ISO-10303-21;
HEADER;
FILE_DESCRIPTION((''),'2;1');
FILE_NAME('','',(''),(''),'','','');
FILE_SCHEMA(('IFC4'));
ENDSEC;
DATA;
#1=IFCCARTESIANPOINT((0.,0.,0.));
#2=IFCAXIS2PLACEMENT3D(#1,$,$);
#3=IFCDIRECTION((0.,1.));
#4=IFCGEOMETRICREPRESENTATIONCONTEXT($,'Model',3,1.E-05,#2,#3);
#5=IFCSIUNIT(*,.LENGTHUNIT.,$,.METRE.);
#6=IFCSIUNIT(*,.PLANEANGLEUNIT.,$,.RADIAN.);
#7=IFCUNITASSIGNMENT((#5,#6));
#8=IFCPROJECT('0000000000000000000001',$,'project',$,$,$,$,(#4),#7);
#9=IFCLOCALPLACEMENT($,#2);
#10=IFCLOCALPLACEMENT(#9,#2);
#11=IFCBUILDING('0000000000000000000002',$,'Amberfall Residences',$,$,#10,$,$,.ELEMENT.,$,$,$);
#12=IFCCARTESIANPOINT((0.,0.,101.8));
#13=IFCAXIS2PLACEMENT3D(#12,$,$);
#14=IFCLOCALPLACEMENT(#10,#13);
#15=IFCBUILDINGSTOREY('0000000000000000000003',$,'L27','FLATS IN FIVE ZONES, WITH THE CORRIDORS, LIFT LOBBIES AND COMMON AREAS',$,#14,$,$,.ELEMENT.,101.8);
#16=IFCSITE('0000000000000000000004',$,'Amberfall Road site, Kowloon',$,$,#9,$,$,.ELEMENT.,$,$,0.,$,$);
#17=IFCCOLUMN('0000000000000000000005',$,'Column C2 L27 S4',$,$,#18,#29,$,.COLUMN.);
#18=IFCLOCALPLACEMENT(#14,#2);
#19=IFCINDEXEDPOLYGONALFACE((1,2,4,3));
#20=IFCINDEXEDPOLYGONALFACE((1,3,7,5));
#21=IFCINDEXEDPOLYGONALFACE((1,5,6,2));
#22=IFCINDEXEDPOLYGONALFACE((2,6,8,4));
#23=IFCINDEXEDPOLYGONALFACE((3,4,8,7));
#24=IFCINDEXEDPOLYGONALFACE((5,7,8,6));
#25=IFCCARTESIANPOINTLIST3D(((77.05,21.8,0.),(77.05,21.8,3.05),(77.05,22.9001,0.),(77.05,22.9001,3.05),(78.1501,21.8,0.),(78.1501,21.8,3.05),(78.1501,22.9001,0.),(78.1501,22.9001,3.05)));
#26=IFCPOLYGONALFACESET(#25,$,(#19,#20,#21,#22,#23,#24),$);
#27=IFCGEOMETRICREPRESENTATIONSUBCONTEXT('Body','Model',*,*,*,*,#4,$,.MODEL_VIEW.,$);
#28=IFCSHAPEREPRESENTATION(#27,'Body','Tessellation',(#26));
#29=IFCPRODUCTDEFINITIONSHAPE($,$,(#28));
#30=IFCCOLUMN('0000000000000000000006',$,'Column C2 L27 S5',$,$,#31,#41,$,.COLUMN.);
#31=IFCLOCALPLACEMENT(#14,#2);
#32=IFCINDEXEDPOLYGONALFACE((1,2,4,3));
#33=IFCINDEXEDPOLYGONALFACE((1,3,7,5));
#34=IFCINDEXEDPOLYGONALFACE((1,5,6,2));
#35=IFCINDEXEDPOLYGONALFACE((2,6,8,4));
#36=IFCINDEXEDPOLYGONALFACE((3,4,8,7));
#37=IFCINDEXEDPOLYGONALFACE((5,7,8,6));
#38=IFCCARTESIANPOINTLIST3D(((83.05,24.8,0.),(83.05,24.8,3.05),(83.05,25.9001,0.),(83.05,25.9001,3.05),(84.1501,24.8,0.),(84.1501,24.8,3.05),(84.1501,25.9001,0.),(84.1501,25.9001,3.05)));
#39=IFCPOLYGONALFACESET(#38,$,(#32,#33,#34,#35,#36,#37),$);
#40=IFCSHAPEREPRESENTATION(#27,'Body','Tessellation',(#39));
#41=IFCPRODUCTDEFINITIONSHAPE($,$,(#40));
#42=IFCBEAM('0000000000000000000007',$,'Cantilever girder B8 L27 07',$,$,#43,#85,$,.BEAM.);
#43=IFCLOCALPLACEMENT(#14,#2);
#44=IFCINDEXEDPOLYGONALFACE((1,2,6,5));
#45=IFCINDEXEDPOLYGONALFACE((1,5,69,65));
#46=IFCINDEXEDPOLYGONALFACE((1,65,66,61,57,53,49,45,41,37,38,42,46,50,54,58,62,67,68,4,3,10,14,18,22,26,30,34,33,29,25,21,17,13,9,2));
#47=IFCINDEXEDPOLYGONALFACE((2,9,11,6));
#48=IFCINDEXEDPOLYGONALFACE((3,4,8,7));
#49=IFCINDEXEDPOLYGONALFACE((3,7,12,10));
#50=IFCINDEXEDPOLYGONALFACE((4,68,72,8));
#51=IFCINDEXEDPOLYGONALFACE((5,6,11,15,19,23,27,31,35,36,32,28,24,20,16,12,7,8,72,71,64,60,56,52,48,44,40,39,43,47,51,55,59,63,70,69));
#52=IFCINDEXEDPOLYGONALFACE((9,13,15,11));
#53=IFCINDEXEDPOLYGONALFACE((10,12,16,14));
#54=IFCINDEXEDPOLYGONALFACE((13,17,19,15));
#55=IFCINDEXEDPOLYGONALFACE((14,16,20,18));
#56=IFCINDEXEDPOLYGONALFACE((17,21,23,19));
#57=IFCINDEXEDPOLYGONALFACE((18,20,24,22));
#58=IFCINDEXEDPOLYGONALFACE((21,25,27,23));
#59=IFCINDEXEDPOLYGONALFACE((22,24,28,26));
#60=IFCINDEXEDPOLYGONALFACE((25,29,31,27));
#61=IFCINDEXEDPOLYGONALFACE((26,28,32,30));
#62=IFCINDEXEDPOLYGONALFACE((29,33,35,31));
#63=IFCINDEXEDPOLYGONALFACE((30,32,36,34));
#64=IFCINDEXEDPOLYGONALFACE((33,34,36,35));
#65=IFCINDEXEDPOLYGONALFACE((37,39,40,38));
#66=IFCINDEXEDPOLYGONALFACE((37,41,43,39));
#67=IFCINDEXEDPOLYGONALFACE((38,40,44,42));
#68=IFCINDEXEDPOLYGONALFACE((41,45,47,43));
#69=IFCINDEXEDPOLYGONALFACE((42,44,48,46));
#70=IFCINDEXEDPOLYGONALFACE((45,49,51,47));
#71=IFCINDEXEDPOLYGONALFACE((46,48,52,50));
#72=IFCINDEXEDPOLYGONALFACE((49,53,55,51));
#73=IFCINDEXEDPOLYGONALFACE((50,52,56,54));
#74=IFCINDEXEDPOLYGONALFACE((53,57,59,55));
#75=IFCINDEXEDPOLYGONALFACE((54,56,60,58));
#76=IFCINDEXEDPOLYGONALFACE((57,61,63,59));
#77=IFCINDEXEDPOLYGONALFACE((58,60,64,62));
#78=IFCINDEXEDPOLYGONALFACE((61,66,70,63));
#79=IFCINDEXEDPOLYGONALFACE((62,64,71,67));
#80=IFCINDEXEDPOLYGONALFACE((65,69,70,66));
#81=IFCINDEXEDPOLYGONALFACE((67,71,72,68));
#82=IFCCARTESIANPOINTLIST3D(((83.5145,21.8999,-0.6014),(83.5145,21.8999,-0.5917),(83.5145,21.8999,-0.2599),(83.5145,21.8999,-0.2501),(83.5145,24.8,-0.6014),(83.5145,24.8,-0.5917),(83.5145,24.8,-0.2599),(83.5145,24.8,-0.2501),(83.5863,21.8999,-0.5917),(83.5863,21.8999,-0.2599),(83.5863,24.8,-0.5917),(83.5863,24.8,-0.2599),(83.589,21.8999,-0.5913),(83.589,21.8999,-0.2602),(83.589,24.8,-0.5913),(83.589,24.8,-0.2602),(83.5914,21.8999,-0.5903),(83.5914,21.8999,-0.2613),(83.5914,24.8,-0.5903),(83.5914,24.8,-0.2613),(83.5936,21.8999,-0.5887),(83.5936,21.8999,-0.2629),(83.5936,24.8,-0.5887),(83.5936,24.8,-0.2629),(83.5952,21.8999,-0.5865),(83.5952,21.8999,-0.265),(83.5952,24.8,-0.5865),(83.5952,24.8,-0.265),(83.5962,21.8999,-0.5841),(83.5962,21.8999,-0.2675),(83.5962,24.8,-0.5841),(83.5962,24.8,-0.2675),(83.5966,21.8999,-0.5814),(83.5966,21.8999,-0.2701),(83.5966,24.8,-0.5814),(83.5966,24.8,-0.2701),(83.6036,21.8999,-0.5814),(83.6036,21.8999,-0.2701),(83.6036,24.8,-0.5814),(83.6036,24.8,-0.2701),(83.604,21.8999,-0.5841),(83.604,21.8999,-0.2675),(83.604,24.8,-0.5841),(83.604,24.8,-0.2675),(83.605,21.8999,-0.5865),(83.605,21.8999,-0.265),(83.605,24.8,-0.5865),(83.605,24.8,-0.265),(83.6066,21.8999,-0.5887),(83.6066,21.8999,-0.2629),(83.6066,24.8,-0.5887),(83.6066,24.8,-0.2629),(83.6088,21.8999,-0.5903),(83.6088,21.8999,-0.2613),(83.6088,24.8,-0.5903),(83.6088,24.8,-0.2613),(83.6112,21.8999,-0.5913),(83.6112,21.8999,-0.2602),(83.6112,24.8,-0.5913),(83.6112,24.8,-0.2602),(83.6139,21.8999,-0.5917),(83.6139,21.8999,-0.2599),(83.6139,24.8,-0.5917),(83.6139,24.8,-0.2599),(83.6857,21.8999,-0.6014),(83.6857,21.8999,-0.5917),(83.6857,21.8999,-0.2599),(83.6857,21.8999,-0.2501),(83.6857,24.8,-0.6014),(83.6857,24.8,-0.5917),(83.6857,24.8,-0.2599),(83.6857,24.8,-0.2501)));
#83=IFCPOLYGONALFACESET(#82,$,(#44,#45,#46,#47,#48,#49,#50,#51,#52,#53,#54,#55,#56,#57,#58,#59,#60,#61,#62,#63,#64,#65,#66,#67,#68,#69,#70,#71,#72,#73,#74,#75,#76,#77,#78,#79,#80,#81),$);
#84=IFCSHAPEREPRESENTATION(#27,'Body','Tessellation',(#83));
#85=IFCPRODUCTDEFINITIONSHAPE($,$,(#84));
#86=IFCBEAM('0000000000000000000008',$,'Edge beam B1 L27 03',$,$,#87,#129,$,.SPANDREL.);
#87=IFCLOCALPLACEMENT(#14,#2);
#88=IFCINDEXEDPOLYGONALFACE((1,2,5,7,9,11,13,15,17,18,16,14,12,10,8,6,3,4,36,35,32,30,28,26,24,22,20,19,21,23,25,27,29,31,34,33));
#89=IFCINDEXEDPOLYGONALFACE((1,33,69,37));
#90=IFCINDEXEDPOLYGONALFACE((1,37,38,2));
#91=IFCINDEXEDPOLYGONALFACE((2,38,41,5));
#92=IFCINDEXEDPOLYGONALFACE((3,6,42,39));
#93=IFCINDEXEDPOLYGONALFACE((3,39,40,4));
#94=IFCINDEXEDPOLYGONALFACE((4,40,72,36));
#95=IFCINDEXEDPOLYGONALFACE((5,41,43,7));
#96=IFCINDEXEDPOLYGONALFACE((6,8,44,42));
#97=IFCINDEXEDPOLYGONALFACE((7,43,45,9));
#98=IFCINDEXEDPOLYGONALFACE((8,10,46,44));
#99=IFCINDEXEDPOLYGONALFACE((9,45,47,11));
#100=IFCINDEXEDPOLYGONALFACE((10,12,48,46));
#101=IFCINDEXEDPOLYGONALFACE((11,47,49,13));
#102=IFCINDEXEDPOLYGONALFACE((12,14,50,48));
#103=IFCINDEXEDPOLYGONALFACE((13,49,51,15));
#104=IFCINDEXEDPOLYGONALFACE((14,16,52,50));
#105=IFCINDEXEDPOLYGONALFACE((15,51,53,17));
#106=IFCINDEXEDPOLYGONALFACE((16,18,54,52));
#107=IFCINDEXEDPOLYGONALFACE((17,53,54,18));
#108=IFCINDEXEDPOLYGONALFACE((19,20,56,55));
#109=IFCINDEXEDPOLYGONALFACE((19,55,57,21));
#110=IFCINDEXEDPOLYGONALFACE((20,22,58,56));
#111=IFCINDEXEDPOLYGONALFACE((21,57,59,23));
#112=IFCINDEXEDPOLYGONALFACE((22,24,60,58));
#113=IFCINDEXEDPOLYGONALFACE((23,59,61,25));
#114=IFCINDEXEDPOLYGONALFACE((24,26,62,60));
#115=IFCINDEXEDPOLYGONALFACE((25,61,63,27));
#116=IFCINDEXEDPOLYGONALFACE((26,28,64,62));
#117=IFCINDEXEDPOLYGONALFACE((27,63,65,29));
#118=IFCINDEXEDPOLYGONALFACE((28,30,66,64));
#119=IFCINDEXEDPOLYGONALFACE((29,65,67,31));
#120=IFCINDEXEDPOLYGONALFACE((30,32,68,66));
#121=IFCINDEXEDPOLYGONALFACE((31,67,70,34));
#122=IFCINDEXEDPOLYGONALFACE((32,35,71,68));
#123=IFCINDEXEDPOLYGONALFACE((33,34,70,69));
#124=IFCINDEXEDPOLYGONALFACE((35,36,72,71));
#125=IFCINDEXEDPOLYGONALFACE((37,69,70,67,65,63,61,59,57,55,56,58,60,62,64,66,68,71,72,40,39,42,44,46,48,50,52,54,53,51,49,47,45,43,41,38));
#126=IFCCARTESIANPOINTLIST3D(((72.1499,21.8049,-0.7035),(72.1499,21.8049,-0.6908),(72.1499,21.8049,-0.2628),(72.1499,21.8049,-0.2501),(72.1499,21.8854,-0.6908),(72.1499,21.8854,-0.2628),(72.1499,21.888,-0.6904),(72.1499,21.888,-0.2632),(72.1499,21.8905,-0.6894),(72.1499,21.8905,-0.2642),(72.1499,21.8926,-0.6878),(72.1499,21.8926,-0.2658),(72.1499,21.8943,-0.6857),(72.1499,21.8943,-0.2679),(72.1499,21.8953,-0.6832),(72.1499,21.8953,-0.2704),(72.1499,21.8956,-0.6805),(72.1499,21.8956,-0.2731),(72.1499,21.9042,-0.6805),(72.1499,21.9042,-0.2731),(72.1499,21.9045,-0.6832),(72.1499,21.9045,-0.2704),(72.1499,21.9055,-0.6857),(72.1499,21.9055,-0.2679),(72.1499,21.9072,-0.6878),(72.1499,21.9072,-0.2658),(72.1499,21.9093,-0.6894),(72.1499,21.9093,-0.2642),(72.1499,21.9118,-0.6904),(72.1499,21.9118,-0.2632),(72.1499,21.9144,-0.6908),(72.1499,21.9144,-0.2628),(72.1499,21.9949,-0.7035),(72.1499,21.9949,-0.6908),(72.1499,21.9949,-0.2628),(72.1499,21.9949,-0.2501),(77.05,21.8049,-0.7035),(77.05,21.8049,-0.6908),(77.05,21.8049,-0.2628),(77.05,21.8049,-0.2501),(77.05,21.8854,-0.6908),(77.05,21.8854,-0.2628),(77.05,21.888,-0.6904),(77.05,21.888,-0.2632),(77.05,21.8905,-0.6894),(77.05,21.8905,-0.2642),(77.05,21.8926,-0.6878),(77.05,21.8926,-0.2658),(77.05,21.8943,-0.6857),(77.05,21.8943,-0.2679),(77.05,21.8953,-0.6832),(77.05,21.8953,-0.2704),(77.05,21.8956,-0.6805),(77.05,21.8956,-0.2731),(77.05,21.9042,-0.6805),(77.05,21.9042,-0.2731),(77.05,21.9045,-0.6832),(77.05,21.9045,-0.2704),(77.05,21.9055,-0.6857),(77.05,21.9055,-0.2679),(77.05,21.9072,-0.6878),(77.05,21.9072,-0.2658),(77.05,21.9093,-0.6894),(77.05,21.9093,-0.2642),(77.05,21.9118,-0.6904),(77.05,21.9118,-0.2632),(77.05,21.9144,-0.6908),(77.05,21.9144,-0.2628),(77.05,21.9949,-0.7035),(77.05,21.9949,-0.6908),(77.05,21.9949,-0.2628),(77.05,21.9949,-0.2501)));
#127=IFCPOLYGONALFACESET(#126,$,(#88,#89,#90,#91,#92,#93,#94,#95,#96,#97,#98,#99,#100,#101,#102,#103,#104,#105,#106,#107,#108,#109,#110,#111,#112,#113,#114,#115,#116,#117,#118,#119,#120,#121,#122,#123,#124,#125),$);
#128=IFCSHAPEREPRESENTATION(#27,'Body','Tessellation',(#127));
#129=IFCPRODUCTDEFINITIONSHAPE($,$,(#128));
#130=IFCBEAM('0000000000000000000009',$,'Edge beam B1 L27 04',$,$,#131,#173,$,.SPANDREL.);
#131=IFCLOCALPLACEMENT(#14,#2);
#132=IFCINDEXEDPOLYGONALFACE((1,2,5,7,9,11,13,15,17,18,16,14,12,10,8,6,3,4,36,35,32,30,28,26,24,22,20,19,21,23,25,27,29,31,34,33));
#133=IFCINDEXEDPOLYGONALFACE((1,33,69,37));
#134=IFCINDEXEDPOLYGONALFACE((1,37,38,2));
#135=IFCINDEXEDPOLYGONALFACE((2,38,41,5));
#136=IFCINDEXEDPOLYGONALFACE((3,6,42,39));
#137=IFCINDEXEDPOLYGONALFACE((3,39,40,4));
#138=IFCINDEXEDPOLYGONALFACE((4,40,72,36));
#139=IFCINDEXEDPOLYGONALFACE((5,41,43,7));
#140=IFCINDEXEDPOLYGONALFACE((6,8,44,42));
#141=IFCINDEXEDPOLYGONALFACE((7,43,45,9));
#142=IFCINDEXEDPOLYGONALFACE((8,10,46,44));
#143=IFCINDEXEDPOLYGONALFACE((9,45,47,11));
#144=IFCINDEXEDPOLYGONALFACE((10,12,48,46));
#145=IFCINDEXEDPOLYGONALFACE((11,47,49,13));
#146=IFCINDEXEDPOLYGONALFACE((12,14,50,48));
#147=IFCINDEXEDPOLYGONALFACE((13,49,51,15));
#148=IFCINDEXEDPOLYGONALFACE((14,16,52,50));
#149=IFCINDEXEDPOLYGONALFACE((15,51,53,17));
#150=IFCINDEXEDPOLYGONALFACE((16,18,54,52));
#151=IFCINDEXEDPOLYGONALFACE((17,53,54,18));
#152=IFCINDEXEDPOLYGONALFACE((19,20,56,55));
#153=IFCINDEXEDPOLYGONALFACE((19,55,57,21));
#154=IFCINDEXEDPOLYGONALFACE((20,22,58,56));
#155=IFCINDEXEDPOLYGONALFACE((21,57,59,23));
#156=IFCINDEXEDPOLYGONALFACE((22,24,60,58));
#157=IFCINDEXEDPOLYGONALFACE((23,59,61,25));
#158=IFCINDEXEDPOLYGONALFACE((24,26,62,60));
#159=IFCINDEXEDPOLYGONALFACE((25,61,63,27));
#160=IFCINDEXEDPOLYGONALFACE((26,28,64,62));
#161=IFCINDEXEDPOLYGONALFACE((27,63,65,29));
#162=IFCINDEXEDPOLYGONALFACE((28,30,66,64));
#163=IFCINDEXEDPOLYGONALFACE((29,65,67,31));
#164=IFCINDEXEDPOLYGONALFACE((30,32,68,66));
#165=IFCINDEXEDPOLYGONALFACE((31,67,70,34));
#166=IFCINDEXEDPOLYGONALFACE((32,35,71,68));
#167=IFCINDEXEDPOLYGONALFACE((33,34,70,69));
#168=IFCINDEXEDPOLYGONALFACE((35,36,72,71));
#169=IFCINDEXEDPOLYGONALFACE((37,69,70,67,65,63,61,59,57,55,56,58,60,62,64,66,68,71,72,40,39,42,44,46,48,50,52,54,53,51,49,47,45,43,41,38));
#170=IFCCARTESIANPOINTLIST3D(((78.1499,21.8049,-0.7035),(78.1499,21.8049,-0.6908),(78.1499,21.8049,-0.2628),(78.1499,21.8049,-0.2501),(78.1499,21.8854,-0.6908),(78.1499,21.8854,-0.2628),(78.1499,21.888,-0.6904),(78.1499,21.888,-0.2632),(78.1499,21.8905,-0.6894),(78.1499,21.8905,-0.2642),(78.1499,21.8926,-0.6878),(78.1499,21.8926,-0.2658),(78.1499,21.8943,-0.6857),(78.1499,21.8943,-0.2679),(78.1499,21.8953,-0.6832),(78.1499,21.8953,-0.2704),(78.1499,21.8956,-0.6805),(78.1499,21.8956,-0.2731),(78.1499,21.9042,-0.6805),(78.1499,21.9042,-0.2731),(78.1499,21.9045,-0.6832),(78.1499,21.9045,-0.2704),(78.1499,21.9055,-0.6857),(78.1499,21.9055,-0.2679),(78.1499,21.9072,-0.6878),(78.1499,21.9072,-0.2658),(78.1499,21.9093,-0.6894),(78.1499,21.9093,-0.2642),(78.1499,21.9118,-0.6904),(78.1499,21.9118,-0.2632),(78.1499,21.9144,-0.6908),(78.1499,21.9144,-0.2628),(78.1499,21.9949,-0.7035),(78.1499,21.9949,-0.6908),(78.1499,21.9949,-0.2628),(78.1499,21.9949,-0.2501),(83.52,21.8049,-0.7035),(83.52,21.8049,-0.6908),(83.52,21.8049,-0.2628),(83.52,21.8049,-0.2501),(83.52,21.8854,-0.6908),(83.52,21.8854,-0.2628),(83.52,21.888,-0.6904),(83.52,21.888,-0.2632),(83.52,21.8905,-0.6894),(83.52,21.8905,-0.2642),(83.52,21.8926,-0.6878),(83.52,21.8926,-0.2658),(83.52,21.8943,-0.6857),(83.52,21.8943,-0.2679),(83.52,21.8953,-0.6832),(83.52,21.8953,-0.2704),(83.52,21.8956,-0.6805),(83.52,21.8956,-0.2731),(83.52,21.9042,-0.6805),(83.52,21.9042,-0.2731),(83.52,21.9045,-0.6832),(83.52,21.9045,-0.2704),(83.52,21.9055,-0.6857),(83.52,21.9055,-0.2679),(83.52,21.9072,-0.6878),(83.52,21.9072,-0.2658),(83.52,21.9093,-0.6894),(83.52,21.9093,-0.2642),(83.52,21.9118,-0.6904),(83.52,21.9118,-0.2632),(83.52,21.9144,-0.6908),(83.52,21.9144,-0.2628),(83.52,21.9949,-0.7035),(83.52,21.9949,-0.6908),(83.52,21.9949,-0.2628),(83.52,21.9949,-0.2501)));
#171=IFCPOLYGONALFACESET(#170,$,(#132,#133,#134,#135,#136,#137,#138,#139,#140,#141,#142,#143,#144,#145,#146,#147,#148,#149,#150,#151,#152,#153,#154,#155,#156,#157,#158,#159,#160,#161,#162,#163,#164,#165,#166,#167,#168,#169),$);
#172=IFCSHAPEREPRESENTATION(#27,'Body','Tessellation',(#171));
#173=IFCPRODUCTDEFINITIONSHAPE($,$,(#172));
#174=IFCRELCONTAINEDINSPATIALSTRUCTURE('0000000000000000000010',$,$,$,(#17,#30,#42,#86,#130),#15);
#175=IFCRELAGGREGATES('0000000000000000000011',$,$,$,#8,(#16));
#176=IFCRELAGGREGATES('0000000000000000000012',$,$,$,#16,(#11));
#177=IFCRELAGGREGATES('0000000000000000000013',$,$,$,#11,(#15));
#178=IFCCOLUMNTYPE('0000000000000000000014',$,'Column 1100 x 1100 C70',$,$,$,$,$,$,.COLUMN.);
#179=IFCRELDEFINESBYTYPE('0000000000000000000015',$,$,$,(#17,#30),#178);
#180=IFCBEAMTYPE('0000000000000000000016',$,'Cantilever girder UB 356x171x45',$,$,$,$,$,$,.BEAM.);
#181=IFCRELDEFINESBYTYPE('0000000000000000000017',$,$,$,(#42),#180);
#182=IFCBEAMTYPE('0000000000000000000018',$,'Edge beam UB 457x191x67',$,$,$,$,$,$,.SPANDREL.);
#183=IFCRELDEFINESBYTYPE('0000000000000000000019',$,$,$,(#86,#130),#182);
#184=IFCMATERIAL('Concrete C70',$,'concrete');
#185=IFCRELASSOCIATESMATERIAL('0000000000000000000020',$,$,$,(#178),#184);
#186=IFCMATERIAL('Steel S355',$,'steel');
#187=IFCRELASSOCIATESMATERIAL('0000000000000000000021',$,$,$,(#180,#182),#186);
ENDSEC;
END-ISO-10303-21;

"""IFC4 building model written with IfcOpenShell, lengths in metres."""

from ifc_helpers import new_model, si_unit, direction, frame, origin, origin_2d, place, context, subcontext, project, spatial, rectangle, i_section, extrude, material, material_profile, profile_set, type_object, element, save


model = new_model("IFC4")

# Units and contexts
model_context = context("Model", 3, precision=1e-05, world=origin(), true_north=direction((0.0, 1.0)))
body_context = subcontext(model_context, "Body", "Model", "MODEL_VIEW")
ifc_project = project(units=[si_unit("LENGTHUNIT", "METRE"), si_unit("PLANEANGLEUNIT", "RADIAN")], contexts=[model_context])

# Site, building, storey
site_placement = place(None, origin())
site = spatial("IfcSite", under=ifc_project, at=site_placement, Name="Amberfall Road site, Kowloon", CompositionType="ELEMENT", RefElevation=0.0)
building_placement = place(site_placement, origin())
building = spatial("IfcBuilding", under=site, at=building_placement, Name="Amberfall Residences", CompositionType="ELEMENT")
storey_placement = place(building_placement, frame((0.0, 0.0, 101.8)))
storey = spatial("IfcBuildingStorey", under=building, at=storey_placement, Name="L27", Description="FLATS IN FIVE ZONES, WITH THE CORRIDORS, LIFT LOBBIES AND COMMON AREAS", CompositionType="ELEMENT", Elevation=101.8)

# Columns
ifc_material_1 = material(Name="Concrete C70", Category="concrete")
ifc_material_profile_1 = material_profile(ifc_material_1, rectangle(XDim=1.1001, YDim=1.1001, at=origin_2d()), Name="Column 1100 x 1100 C70")
ifc_profile_set_1 = profile_set([ifc_material_profile_1], Name="Concrete C70")
column_type = type_object("IfcColumnType", Name="Column 1100 x 1100 C70", PredefinedType="COLUMN", material=ifc_profile_set_1)
for number, where, z_axis, x_axis, name in (
    (1, (77.6001, 22.3501, 0.0), (0.0, 0.0, 1.0), (1.0, 0.0, 0.0), "Column C2 L27 S4"),
    (2, (83.6001, 25.3501, 0.0), (0.0, 0.0, 1.0), (1.0, 0.0, 0.0), "Column C2 L27 S5"),
):
    element("IfcColumn", number, at=place(storey_placement, frame(where, z_axis=z_axis, x_axis=x_axis)), inside=storey, type_object=column_type, Name=name, PredefinedType="COLUMN", context=body_context, shape_type="SweptSolid", body=[
        extrude(rectangle(XDim=1.1001, YDim=1.1001, at=origin_2d()), origin(), (0.0, 0.0, 1.0), 3.05),
    ])

# Beams
ifc_material_2 = material(Name="Steel S355", Category="steel")
ifc_material_profile_2 = material_profile(ifc_material_2, i_section(OverallWidth=0.1711, OverallDepth=0.3513, WebThickness=0.0071, FlangeThickness=0.0098, FilletRadius=0.0103, at=origin_2d()), Name="UB 356x171x45")
ifc_profile_set_2 = profile_set([ifc_material_profile_2], Name="Steel S355")
beam_type_1 = type_object("IfcBeamType", Name="Cantilever girder UB 356x171x45", PredefinedType="BEAM", material=ifc_profile_set_2)
beam_1_placement = place(storey_placement, frame((83.6001, 24.8, -0.4258), z_axis=(0.0, -1.0, 0.0), x_axis=(1.0, 0.0, 0.0)))
element("IfcBeam", 3, at=beam_1_placement, inside=storey, type_object=beam_type_1, Name="Cantilever girder B8 L27 07", PredefinedType="BEAM", context=body_context, shape_type="SweptSolid", body=[
    extrude(i_section(OverallWidth=0.1711, OverallDepth=0.3513, WebThickness=0.0071, FlangeThickness=0.0098, FilletRadius=0.0103, at=origin_2d()), origin(), (0.0, 0.0, 1.0), 2.9001),
])
ifc_material_profile_3 = material_profile(ifc_material_2, i_section(OverallWidth=0.1899, OverallDepth=0.4534, WebThickness=0.0085, FlangeThickness=0.0127, FilletRadius=0.0103, at=origin_2d()), Name="UB 457x191x67")
ifc_profile_set_3 = profile_set([ifc_material_profile_3], Name="Steel S355")
beam_type_2 = type_object("IfcBeamType", Name="Edge beam UB 457x191x67", PredefinedType="SPANDREL", material=ifc_profile_set_3)
beam_2_placement = place(storey_placement, frame((72.1499, 21.8999, -0.4768), z_axis=(1.0, 0.0, 0.0), x_axis=(0.0, 1.0, 0.0)))
element("IfcBeam", 4, at=beam_2_placement, inside=storey, type_object=beam_type_2, Name="Edge beam B1 L27 03", PredefinedType="SPANDREL", context=body_context, shape_type="SweptSolid", body=[
    extrude(i_section(OverallWidth=0.1899, OverallDepth=0.4534, WebThickness=0.0085, FlangeThickness=0.0127, FilletRadius=0.0103, at=origin_2d()), origin(), (0.0, 0.0, 1.0), 4.9001),
])
beam_3_placement = place(storey_placement, frame((78.1499, 21.8999, -0.4768), z_axis=(1.0, 0.0, 0.0), x_axis=(0.0, 1.0, 0.0)))
element("IfcBeam", 5, at=beam_3_placement, inside=storey, type_object=beam_type_2, Name="Edge beam B1 L27 04", PredefinedType="SPANDREL", context=body_context, shape_type="SweptSolid", body=[
    extrude(i_section(OverallWidth=0.1899, OverallDepth=0.4534, WebThickness=0.0085, FlangeThickness=0.0127, FilletRadius=0.0103, at=origin_2d()), origin(), (0.0, 0.0, 1.0), 5.3701),
])

save(model, "model.ifc")
